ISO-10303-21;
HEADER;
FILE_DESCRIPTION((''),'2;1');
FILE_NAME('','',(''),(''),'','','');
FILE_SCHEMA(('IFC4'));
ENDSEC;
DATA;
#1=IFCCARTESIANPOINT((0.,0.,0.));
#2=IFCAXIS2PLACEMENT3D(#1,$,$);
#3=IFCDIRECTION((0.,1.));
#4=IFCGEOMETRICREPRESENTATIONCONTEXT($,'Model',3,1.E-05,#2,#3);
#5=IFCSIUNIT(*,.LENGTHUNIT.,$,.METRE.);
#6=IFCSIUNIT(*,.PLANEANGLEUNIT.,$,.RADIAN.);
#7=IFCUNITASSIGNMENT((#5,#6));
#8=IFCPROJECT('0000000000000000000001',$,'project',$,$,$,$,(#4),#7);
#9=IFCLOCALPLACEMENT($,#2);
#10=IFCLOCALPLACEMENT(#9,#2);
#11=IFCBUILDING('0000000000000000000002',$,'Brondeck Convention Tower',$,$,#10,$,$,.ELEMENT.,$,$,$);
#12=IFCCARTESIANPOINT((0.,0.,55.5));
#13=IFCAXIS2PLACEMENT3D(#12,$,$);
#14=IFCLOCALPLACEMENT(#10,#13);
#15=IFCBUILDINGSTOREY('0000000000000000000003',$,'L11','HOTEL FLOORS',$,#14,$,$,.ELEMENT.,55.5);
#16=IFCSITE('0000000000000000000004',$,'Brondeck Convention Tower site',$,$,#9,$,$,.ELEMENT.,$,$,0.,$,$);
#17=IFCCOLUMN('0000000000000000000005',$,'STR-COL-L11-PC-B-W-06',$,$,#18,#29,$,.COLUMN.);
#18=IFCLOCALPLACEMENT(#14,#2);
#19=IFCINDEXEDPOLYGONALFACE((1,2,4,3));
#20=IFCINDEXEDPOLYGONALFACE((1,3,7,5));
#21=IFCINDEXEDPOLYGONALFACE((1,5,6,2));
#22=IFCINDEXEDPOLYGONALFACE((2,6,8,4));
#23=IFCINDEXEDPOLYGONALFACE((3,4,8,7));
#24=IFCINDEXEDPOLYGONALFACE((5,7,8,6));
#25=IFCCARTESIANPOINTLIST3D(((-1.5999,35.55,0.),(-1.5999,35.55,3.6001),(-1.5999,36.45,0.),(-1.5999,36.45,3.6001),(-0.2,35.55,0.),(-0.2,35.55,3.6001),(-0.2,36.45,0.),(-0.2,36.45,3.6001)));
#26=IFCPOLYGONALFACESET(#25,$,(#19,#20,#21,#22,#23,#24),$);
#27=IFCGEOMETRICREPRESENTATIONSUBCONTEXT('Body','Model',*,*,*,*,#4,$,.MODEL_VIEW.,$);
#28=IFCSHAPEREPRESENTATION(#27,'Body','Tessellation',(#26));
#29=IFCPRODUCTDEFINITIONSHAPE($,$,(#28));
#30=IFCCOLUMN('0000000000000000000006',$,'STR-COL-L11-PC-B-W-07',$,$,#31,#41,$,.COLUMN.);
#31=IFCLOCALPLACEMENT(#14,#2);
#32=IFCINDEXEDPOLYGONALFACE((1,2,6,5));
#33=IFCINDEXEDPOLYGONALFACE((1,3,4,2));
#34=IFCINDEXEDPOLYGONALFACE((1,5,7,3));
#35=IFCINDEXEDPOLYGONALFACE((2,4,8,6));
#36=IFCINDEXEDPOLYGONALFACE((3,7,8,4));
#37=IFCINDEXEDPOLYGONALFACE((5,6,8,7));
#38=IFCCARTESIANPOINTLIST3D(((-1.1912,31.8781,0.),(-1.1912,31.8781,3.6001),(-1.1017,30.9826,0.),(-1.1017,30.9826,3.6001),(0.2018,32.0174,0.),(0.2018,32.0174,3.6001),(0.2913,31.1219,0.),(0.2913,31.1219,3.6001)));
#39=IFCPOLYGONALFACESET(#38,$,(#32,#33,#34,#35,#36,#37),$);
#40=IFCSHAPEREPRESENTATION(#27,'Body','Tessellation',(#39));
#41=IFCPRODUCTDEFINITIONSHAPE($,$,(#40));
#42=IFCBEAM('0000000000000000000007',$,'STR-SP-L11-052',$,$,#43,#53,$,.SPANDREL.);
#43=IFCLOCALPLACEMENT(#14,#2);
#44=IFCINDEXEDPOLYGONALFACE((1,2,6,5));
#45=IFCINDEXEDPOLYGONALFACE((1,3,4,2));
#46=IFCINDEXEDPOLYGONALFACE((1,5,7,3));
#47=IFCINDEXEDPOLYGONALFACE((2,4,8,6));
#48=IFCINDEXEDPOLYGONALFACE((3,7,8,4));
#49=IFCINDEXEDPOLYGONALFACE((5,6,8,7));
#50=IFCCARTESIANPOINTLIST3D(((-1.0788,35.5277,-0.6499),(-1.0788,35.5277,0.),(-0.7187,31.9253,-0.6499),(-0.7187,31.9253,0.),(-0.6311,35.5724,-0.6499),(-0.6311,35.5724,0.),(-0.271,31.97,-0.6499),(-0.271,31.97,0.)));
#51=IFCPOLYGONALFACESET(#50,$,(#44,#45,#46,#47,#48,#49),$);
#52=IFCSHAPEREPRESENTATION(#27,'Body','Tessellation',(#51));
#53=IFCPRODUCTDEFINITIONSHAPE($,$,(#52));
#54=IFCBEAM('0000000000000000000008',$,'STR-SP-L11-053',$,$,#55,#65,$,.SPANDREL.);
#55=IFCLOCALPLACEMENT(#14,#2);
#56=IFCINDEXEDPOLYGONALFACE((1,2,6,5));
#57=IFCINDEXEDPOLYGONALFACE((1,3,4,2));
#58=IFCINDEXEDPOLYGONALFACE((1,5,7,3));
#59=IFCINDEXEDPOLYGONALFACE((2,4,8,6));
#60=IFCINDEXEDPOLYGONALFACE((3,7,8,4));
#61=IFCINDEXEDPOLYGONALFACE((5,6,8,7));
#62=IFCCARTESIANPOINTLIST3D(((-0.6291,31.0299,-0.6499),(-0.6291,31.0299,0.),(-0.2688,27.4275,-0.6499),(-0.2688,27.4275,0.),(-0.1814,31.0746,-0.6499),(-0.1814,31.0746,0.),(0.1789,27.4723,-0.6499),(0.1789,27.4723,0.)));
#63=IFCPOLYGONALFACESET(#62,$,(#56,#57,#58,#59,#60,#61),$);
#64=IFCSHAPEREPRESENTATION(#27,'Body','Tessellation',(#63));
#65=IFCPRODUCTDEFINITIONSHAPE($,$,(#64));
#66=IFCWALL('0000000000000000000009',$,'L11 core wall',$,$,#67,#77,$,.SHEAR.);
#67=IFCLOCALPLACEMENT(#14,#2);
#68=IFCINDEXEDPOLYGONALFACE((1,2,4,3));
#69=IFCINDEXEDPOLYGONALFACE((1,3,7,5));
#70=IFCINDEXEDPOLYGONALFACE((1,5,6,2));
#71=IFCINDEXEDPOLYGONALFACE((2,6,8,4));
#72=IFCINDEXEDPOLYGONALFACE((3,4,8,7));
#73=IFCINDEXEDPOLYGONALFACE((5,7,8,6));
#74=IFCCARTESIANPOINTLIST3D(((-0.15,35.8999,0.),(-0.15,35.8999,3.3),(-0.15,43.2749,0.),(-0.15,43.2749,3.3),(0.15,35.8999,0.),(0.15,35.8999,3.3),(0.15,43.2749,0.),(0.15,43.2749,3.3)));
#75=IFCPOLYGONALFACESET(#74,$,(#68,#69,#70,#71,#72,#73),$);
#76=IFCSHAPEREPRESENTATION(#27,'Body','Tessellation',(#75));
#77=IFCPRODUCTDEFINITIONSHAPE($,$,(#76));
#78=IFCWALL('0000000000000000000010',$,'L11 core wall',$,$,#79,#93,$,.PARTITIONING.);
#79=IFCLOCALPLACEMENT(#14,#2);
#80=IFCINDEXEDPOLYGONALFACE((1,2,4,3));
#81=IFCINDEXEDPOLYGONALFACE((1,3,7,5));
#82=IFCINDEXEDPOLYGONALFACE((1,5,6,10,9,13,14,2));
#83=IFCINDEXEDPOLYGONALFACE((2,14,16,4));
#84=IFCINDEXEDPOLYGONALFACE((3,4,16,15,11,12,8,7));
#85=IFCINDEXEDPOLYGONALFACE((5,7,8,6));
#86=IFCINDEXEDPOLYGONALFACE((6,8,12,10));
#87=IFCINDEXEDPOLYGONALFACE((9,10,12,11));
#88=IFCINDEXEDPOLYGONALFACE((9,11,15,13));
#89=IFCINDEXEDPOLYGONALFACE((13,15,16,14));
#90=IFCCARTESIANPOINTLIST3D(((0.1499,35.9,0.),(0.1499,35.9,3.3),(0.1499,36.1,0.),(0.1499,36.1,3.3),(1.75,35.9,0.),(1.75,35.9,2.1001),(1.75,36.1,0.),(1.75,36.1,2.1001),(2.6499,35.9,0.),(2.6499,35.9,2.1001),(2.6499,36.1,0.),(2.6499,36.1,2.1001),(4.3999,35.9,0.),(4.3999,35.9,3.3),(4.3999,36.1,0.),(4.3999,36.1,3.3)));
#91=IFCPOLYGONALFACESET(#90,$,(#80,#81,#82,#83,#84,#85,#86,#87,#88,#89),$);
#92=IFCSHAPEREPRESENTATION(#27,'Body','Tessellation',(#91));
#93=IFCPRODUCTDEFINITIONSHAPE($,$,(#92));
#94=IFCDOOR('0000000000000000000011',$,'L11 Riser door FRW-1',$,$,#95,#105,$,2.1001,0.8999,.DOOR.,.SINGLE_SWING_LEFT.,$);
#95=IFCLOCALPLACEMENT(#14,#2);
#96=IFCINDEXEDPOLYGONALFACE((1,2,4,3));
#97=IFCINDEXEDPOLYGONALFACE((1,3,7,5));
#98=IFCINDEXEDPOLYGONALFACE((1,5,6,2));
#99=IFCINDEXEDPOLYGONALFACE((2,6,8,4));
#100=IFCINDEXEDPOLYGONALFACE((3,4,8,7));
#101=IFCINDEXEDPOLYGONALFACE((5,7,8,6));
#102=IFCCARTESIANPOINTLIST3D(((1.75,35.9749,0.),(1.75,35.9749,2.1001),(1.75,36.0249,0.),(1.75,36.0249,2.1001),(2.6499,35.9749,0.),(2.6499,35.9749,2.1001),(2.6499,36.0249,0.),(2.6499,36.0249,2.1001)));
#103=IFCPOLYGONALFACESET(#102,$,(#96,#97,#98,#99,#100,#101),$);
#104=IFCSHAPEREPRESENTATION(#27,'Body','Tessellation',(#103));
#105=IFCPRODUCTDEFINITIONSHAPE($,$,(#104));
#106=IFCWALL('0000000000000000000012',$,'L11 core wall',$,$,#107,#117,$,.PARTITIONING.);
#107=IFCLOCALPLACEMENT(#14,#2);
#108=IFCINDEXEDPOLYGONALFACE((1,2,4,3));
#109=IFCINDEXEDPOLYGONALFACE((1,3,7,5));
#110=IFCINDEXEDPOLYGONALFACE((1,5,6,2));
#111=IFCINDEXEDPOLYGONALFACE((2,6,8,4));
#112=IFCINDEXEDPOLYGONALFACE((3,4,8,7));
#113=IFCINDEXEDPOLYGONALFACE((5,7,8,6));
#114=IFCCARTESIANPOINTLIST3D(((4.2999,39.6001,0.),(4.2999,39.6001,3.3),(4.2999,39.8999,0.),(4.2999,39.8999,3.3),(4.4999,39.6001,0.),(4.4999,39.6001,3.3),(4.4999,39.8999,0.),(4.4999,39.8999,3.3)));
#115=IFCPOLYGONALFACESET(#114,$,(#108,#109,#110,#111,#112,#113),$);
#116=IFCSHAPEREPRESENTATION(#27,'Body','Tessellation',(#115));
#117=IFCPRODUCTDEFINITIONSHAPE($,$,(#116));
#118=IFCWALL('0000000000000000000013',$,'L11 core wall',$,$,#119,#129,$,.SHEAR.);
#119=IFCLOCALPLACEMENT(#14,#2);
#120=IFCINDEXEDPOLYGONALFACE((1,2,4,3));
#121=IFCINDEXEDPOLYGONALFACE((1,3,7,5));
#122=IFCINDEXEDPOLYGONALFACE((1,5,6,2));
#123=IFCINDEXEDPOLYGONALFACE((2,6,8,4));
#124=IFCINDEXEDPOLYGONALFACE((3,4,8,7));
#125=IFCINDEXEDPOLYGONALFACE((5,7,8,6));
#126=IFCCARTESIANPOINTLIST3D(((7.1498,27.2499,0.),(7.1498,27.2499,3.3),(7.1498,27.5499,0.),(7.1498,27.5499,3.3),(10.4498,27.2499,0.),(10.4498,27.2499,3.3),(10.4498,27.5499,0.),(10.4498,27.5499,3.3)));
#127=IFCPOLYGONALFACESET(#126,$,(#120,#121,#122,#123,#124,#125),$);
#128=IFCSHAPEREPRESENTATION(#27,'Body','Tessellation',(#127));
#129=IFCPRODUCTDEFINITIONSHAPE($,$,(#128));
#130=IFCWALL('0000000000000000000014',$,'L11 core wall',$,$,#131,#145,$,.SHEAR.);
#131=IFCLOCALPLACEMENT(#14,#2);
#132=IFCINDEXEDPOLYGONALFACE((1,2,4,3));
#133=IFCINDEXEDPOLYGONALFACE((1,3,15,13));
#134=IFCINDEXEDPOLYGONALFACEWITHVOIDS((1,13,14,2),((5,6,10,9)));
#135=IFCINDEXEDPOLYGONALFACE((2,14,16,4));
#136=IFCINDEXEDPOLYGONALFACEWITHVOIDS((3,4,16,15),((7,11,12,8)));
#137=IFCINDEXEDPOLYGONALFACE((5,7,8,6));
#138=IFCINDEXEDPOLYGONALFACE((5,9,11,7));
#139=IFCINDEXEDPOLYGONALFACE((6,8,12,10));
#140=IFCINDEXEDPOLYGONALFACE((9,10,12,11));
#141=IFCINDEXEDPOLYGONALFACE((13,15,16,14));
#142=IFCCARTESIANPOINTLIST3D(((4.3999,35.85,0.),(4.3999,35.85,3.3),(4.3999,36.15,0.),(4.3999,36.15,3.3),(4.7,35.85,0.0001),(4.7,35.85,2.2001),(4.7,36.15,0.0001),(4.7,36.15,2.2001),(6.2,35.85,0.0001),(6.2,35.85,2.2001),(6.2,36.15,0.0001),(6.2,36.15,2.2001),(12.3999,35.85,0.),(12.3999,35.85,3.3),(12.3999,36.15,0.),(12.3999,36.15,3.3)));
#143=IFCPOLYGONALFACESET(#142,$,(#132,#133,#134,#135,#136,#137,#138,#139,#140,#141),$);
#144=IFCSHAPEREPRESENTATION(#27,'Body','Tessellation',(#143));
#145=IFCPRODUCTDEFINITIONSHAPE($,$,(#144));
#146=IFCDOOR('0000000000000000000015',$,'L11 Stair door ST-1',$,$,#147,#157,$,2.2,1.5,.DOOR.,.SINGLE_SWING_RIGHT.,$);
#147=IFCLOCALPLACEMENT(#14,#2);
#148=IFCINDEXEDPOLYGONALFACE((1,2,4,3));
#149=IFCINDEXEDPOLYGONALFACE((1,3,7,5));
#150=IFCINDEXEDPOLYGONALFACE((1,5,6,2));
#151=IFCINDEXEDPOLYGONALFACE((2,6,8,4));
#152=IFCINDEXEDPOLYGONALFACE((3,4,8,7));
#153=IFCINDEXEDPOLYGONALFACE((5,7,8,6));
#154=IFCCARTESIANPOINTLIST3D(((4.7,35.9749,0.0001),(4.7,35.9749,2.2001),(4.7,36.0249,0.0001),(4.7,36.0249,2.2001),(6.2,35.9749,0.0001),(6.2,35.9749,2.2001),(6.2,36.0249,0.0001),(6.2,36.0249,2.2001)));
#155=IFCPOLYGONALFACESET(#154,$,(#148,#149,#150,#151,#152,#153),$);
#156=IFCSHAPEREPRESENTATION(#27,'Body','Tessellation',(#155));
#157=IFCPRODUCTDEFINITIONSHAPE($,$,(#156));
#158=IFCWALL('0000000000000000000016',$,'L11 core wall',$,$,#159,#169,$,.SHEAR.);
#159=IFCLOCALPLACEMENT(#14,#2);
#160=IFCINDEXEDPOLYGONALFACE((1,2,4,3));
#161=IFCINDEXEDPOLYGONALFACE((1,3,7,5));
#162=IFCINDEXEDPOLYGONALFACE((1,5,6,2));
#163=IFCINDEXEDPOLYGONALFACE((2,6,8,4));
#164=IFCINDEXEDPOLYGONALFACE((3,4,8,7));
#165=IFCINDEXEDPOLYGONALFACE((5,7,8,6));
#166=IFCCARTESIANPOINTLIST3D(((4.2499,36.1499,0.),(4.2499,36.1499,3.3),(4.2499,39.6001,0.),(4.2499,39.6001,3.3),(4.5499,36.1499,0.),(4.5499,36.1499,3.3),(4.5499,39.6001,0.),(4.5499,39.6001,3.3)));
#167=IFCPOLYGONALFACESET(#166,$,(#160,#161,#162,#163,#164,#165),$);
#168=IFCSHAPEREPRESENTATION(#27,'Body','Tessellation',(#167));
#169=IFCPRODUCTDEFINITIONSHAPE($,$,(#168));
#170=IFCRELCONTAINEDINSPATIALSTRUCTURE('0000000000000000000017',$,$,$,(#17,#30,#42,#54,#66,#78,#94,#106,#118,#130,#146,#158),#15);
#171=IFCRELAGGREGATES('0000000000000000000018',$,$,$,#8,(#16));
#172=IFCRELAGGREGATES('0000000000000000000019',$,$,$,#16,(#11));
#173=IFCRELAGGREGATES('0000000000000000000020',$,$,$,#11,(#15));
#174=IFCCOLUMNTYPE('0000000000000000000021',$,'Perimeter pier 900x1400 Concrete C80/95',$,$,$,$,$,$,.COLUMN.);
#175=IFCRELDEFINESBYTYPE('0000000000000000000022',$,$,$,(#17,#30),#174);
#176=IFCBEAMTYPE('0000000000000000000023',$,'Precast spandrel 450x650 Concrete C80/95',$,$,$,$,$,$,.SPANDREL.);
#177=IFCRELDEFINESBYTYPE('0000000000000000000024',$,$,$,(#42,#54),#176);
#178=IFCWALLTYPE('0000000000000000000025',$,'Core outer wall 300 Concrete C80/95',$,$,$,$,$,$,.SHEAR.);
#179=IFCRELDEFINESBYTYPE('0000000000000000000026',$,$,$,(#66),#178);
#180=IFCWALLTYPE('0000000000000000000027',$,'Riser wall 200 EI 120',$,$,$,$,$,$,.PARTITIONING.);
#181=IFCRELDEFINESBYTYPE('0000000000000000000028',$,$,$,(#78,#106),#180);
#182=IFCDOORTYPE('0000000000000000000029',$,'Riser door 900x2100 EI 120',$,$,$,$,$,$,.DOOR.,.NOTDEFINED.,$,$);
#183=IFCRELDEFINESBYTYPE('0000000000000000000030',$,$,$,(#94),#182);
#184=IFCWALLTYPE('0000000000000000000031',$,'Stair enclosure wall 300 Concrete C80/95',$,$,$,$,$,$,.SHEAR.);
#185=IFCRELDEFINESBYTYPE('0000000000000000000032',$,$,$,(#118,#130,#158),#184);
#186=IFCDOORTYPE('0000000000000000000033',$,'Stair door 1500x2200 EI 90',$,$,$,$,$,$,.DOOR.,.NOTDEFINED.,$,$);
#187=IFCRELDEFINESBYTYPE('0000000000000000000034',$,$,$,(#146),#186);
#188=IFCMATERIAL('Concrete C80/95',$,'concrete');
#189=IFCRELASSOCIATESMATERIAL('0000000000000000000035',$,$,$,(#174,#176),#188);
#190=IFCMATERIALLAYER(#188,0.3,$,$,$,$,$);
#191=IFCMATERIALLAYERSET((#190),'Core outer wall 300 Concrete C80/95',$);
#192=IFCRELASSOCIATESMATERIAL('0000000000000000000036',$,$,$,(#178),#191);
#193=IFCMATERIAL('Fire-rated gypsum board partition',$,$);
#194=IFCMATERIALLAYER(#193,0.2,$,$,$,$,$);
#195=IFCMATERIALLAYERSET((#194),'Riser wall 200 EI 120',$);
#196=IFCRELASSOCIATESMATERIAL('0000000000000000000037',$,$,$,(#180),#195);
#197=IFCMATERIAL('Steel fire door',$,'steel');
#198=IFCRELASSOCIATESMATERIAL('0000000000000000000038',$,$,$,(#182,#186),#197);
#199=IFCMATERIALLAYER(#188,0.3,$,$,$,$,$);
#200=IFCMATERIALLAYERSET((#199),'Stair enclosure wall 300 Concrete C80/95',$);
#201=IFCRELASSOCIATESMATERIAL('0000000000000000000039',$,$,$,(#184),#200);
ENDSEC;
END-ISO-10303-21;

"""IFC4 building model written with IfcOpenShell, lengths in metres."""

from ifc_helpers import new_model, si_unit, direction, frame, frame_2d, origin, origin_2d, place, context, subcontext, project, spatial, rectangle, extrude, material, layer, layer_set, material_profile, profile_set, type_object, element, fill, save


model = new_model("IFC4")

# Units and contexts
model_context = context("Model", 3, precision=1e-05, world=origin(), true_north=direction((0.0, 1.0)))
body_context = subcontext(model_context, "Body", "Model", "MODEL_VIEW")
ifc_project = project(units=[si_unit("LENGTHUNIT", "METRE"), si_unit("PLANEANGLEUNIT", "RADIAN")], contexts=[model_context])

# Site, building, storey
site_placement = place(None, origin())
site = spatial("IfcSite", under=ifc_project, at=site_placement, Name="Brondeck Convention Tower site", CompositionType="ELEMENT", RefElevation=0.0)
building_placement = place(site_placement, origin())
building = spatial("IfcBuilding", under=site, at=building_placement, Name="Brondeck Convention Tower", CompositionType="ELEMENT")
storey_placement = place(building_placement, frame((0.0, 0.0, 55.5)))
storey = spatial("IfcBuildingStorey", under=building, at=storey_placement, Name="L11", Description="HOTEL FLOORS", CompositionType="ELEMENT", Elevation=55.5)

# Columns
ifc_material_1 = material(Name="Concrete C80/95", Category="concrete")
ifc_material_profile_1 = material_profile(ifc_material_1, rectangle(XDim=0.8999, YDim=1.3999, at=origin_2d()), Name="Perimeter pier 900x1400 Concrete C80/95")
ifc_profile_set_1 = profile_set([ifc_material_profile_1], Name="Concrete C80/95")
column_type = type_object("IfcColumnType", Name="Perimeter pier 900x1400 Concrete C80/95", PredefinedType="COLUMN", material=ifc_profile_set_1)
for number, where, z_axis, x_axis, name in (
    (1, (-0.8999, 36.0, 0.0), (0.0, 0.0, 1.0), (0.0, -1.0, 0.0), "STR-COL-L11-PC-B-W-06"),
    (2, (-0.45, 31.5, 0.0), (0.0, 0.0, 1.0), (0.099504, -0.995037, 0.0), "STR-COL-L11-PC-B-W-07"),
):
    element("IfcColumn", number, at=place(storey_placement, frame(where, z_axis=z_axis, x_axis=x_axis)), inside=storey, type_object=column_type, Name=name, PredefinedType="COLUMN", context=body_context, shape_type="SweptSolid", body=[
        extrude(rectangle(XDim=0.8999, YDim=1.3999, at=origin_2d()), origin(), (0.0, 0.0, 1.0), 3.6001),
    ])

# Beams
ifc_material_profile_2 = material_profile(ifc_material_1, rectangle(XDim=0.45, YDim=0.6499, at=origin_2d()), Name="Precast spandrel 450x650 Concrete C80/95")
ifc_profile_set_2 = profile_set([ifc_material_profile_2], Name="Concrete C80/95")
beam_type = type_object("IfcBeamType", Name="Precast spandrel 450x650 Concrete C80/95", PredefinedType="SPANDREL", material=ifc_profile_set_2)
for number, where, z_axis, x_axis, name in (
    (3, (-0.855, 35.55, -0.325), (0.09947, -0.995041, 0.0), (0.995041, 0.09947, 0.0), "STR-SP-L11-052"),
    (4, (-0.4053, 31.0522, -0.325), (0.099537, -0.995034, 0.0), (0.995034, 0.099537, 0.0), "STR-SP-L11-053"),
):
    element("IfcBeam", number, at=place(storey_placement, frame(where, z_axis=z_axis, x_axis=x_axis)), inside=storey, type_object=beam_type, Name=name, PredefinedType="SPANDREL", context=body_context, shape_type="SweptSolid", body=[
        extrude(rectangle(XDim=0.45, YDim=0.6499, at=origin_2d()), origin(), (0.0, 0.0, 1.0), 3.6204),
    ])

# Wall
ifc_layer_1 = layer(ifc_material_1, 0.3)
ifc_layer_set_1 = layer_set([ifc_layer_1], Name="Core outer wall 300 Concrete C80/95")
wall_type_1 = type_object("IfcWallType", Name="Core outer wall 300 Concrete C80/95", PredefinedType="SHEAR", material=ifc_layer_set_1)
wall_1_placement = place(storey_placement, frame((0.0, 35.8999, 0.0), z_axis=(0.0, 0.0, 1.0), x_axis=(0.0, 1.0, 0.0)))
element("IfcWall", 5, at=wall_1_placement, inside=storey, type_object=wall_type_1, Name="L11 core wall", PredefinedType="SHEAR", context=body_context, shape_type="SweptSolid", body=[
    extrude(rectangle(XDim=7.375, YDim=0.3, at=frame_2d((3.6875, 0.0))), origin(), (0.0, 0.0, 1.0), 3.3),
])

# Wall, opening, door
ifc_material_2 = material(Name="Fire-rated gypsum board partition")
ifc_layer_2 = layer(ifc_material_2, 0.2)
ifc_layer_set_2 = layer_set([ifc_layer_2], Name="Riser wall 200 EI 120")
wall_type_2 = type_object("IfcWallType", Name="Riser wall 200 EI 120", PredefinedType="PARTITIONING", material=ifc_layer_set_2)
wall_2_placement = place(storey_placement, frame((0.1499, 36.0, 0.0), z_axis=(0.0, 0.0, 1.0), x_axis=(1.0, 0.0, 0.0)))
wall_2 = element("IfcWall", 6, at=wall_2_placement, inside=storey, type_object=wall_type_2, Name="L11 core wall", PredefinedType="PARTITIONING", context=body_context, shape_type="SweptSolid", body=[
    extrude(rectangle(XDim=4.25, YDim=0.2, at=frame_2d((2.125, 0.0))), origin(), (0.0, 0.0, 1.0), 3.3),
])
opening_1_placement = place(wall_2_placement, frame((1.6001, 0.0, 0.0)))
opening_1 = element("IfcOpeningElement", 7, at=opening_1_placement, cuts=wall_2, PredefinedType="OPENING", context=body_context, shape_type="SweptSolid", body=[
    extrude(rectangle(XDim=0.8999, YDim=2.1001, at=frame_2d((0.45, 1.05))), frame((0.0, 0.1099, 0.0), z_axis=(0.0, -1.0, 0.0), x_axis=(1.0, 0.0, 0.0)), (0.0, 0.0, 1.0), 0.22),
])
ifc_material_3 = material(Name="Steel fire door", Category="steel")
door_type_1 = type_object("IfcDoorType", Name="Riser door 900x2100 EI 120", OperationType="NOTDEFINED", PredefinedType="DOOR", material=ifc_material_3)
door_1_placement = place(opening_1_placement, origin())
door_1 = element("IfcDoor", 8, at=door_1_placement, inside=storey, type_object=door_type_1, Name="L11 Riser door FRW-1", OperationType="SINGLE_SWING_LEFT", OverallHeight=2.1001, OverallWidth=0.8999, PredefinedType="DOOR", context=body_context, shape_type="SweptSolid", body=[
    extrude(rectangle(XDim=0.8999, YDim=2.1001, at=frame_2d((0.45, 1.05))), frame((0.0, 0.0249, 0.0), z_axis=(0.0, -1.0, 0.0), x_axis=(1.0, 0.0, 0.0)), (0.0, 0.0, 1.0), 0.05),
])
fill(opening_1, door_1)

# Walls
wall_3_placement = place(storey_placement, frame((4.3999, 39.6001, 0.0), z_axis=(0.0, 0.0, 1.0), x_axis=(0.0, 1.0, 0.0)))
element("IfcWall", 9, at=wall_3_placement, inside=storey, type_object=wall_type_2, Name="L11 core wall", PredefinedType="PARTITIONING", context=body_context, shape_type="SweptSolid", body=[
    extrude(rectangle(XDim=0.2998, YDim=0.2, at=frame_2d((0.1499, 0.0))), origin(), (0.0, 0.0, 1.0), 3.3),
])
ifc_layer_3 = layer(ifc_material_1, 0.3)
ifc_layer_set_3 = layer_set([ifc_layer_3], Name="Stair enclosure wall 300 Concrete C80/95")
wall_type_3 = type_object("IfcWallType", Name="Stair enclosure wall 300 Concrete C80/95", PredefinedType="SHEAR", material=ifc_layer_set_3)
wall_4_placement = place(storey_placement, frame((7.1499, 27.3999, 0.0), z_axis=(0.0, 0.0, 1.0), x_axis=(1.0, 0.0, 0.0)))
element("IfcWall", 10, at=wall_4_placement, inside=storey, type_object=wall_type_3, Name="L11 core wall", PredefinedType="SHEAR", context=body_context, shape_type="SweptSolid", body=[
    extrude(rectangle(XDim=3.3, YDim=0.3, at=frame_2d((1.6499, 0.0))), origin(), (0.0, 0.0, 1.0), 3.3),
])

# Wall, opening, door
wall_5_placement = place(storey_placement, frame((4.3999, 36.0, 0.0), z_axis=(0.0, 0.0, 1.0), x_axis=(1.0, 0.0, 0.0)))
wall_5 = element("IfcWall", 11, at=wall_5_placement, inside=storey, type_object=wall_type_3, Name="L11 core wall", PredefinedType="SHEAR", context=body_context, shape_type="SweptSolid", body=[
    extrude(rectangle(XDim=8.0, YDim=0.3, at=frame_2d((4.0, 0.0))), origin(), (0.0, 0.0, 1.0), 3.3),
])
opening_2_placement = place(wall_5_placement, frame((0.3, 0.0, 0.0)))
opening_2 = element("IfcOpeningElement", 12, at=opening_2_placement, cuts=wall_5, PredefinedType="OPENING", context=body_context, shape_type="SweptSolid", body=[
    extrude(rectangle(XDim=1.5, YDim=2.2, at=frame_2d((0.75, 1.1001))), frame((0.0, 0.1599, 0.0), z_axis=(0.0, -1.0, 0.0), x_axis=(1.0, 0.0, 0.0)), (0.0, 0.0, 1.0), 0.3201),
])
door_type_2 = type_object("IfcDoorType", Name="Stair door 1500x2200 EI 90", OperationType="NOTDEFINED", PredefinedType="DOOR", material=ifc_material_3)
door_2_placement = place(opening_2_placement, origin())
door_2 = element("IfcDoor", 13, at=door_2_placement, inside=storey, type_object=door_type_2, Name="L11 Stair door ST-1", OperationType="SINGLE_SWING_RIGHT", OverallHeight=2.2, OverallWidth=1.5, PredefinedType="DOOR", context=body_context, shape_type="SweptSolid", body=[
    extrude(rectangle(XDim=1.5, YDim=2.2, at=frame_2d((0.75, 1.1001))), frame((0.0, 0.0249, 0.0), z_axis=(0.0, -1.0, 0.0), x_axis=(1.0, 0.0, 0.0)), (0.0, 0.0, 1.0), 0.05),
])
fill(opening_2, door_2)

# Wall
wall_6_placement = place(storey_placement, frame((4.3999, 36.1499, 0.0), z_axis=(0.0, 0.0, 1.0), x_axis=(0.0, 1.0, 0.0)))
element("IfcWall", 14, at=wall_6_placement, inside=storey, type_object=wall_type_3, Name="L11 core wall", PredefinedType="SHEAR", context=body_context, shape_type="SweptSolid", body=[
    extrude(rectangle(XDim=3.4502, YDim=0.3, at=frame_2d((1.7251, 0.0))), origin(), (0.0, 0.0, 1.0), 3.3),
])

save(model, "model.ifc")
